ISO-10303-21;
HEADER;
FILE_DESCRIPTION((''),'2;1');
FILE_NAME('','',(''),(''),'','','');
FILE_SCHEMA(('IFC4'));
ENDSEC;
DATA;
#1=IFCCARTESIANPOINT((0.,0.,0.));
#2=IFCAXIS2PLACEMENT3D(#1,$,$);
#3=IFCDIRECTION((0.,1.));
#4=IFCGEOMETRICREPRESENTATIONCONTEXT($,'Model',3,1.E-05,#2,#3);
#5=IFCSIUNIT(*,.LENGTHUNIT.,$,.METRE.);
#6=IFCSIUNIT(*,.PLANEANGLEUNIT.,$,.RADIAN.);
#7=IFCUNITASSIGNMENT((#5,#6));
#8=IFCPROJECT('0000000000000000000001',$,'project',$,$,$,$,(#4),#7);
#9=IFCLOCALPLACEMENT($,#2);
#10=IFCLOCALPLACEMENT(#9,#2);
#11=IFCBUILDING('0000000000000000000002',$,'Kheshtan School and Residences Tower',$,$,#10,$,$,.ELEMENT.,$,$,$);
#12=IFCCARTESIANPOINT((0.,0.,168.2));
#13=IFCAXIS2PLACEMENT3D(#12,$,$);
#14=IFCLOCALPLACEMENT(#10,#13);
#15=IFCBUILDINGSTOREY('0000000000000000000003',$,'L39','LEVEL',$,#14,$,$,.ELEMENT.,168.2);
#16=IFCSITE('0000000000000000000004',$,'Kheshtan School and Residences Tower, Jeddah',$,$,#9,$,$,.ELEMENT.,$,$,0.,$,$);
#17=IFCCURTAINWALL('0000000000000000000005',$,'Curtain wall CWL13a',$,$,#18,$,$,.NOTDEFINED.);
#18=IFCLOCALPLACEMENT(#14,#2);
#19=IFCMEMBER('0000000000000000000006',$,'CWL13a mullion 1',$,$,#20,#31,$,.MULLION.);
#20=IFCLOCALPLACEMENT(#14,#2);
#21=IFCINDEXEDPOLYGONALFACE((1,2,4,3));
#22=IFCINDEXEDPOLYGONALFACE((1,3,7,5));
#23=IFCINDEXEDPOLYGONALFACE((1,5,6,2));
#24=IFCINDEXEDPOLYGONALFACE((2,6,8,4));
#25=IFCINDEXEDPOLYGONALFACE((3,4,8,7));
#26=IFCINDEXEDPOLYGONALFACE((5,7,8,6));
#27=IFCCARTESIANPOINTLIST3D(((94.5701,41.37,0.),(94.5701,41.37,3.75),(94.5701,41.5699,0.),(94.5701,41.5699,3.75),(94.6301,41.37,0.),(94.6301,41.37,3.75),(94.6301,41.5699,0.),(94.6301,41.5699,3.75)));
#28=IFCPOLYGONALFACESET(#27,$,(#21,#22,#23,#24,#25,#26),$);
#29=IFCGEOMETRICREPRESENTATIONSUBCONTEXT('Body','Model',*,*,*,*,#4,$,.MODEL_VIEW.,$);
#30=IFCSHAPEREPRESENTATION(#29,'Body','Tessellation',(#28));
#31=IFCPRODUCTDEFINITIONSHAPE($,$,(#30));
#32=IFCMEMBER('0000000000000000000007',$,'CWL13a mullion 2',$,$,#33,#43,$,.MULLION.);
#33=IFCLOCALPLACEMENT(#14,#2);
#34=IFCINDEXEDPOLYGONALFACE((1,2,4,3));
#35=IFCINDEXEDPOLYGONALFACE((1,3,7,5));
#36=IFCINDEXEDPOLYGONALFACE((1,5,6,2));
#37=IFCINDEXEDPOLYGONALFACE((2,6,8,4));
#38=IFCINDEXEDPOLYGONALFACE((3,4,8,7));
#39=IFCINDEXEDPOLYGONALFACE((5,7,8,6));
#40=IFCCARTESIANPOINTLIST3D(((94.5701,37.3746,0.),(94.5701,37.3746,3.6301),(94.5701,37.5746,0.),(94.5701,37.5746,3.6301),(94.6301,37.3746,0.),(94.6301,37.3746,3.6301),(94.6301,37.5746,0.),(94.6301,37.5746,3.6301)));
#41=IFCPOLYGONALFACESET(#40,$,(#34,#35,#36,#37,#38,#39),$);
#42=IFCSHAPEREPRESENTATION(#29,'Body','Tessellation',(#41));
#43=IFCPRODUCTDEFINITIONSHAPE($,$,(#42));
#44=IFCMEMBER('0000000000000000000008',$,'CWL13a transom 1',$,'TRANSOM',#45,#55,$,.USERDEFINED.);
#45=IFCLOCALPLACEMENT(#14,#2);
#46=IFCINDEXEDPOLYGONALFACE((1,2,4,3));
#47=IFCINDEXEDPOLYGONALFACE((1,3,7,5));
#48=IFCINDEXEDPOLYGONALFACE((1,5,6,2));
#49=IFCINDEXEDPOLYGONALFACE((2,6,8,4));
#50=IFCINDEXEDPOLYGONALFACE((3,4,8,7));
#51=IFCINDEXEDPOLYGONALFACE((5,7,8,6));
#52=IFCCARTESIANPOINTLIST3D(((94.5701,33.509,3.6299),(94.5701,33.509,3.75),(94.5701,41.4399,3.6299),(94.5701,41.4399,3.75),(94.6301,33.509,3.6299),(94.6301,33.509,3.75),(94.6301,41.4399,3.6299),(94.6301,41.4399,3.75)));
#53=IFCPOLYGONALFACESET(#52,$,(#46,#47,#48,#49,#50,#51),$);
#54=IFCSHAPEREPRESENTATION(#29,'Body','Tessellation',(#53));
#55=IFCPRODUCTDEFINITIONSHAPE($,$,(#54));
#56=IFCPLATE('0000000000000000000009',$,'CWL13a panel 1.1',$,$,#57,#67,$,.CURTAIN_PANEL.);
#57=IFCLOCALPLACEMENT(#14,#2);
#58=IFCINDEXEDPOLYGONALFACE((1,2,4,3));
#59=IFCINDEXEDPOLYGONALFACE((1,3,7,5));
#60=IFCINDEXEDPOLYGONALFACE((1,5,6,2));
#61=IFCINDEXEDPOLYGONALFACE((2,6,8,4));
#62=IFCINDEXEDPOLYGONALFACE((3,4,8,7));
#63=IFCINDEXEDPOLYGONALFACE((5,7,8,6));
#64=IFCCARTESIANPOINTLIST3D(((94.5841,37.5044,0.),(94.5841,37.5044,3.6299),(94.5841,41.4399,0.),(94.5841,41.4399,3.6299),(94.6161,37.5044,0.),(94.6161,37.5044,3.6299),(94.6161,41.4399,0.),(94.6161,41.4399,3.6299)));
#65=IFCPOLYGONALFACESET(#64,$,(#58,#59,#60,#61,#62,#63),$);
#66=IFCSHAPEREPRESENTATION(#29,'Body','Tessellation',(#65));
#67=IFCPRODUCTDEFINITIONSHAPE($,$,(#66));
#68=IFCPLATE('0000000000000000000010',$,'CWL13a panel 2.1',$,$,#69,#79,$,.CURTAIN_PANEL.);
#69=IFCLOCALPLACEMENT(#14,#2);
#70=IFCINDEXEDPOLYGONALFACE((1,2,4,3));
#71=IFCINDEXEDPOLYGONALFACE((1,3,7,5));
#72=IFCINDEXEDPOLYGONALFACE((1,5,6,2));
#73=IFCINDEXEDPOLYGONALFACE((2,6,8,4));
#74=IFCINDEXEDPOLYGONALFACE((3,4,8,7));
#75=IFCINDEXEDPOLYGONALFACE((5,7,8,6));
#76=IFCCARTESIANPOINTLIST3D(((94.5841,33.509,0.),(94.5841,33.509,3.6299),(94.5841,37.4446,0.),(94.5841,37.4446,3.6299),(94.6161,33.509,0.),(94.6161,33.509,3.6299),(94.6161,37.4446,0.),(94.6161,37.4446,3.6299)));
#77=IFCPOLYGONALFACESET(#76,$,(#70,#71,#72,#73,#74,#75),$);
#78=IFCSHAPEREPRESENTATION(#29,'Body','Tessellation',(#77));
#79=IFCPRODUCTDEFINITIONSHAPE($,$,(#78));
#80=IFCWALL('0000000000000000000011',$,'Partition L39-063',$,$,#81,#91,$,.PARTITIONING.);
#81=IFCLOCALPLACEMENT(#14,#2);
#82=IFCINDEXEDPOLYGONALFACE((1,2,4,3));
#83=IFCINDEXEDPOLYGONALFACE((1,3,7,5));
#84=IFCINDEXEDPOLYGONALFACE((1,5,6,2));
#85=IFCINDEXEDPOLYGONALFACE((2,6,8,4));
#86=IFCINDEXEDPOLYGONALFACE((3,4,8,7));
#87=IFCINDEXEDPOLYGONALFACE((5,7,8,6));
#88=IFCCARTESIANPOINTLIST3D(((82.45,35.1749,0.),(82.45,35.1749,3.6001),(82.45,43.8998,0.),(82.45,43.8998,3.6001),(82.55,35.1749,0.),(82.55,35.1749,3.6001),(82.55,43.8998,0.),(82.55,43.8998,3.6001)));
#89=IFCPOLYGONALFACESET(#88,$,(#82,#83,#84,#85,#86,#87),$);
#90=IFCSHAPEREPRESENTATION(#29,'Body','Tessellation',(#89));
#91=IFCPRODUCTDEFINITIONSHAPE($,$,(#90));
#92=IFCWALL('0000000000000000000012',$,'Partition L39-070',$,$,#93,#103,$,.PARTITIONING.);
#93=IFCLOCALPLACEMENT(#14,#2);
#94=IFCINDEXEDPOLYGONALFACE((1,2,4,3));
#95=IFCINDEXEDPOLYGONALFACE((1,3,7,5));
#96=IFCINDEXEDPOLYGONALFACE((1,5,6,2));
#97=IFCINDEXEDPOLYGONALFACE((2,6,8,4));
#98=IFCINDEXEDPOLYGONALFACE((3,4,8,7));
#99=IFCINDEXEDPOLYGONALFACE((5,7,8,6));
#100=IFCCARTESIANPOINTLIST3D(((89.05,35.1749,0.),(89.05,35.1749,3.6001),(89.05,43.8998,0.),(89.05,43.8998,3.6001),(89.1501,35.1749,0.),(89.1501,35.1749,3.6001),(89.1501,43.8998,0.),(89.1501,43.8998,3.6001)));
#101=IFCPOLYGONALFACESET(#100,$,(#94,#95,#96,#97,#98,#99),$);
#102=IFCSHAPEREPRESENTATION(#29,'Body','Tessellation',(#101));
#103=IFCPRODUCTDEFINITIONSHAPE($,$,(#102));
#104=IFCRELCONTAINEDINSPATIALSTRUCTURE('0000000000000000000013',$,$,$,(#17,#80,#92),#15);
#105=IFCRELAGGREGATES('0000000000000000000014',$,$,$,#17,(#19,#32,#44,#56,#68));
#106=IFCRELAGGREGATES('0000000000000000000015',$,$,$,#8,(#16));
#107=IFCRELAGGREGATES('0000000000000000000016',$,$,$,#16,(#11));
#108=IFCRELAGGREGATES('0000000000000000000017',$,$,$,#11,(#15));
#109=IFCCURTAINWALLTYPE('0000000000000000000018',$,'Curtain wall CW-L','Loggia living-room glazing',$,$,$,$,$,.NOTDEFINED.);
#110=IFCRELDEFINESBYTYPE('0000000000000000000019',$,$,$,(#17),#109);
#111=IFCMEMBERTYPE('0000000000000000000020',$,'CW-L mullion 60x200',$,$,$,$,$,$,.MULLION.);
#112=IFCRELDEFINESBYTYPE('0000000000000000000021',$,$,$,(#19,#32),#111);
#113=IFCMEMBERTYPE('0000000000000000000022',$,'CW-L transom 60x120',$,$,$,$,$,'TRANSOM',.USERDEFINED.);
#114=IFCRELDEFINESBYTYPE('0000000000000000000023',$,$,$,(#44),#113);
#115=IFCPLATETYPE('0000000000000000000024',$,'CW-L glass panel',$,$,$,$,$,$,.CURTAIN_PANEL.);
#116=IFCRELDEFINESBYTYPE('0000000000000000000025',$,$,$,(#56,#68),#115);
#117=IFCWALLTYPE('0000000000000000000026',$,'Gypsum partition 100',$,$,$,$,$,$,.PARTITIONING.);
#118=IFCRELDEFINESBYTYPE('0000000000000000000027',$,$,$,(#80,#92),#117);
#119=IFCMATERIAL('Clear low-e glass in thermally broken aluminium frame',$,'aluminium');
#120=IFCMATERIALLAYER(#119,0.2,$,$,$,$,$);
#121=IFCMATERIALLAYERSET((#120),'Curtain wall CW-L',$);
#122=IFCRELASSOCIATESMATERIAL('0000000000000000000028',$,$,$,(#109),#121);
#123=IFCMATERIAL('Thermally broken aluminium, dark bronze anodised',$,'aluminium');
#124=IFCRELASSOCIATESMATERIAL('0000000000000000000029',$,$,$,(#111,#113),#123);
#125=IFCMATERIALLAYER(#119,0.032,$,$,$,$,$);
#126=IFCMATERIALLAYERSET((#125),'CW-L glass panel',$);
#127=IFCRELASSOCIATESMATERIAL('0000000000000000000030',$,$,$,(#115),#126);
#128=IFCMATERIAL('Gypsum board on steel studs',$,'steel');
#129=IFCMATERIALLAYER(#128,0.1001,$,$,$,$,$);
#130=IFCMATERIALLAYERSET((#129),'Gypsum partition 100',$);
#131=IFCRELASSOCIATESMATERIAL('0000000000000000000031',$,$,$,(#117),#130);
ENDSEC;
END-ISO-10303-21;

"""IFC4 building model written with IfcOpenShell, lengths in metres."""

from ifc_helpers import new_model, si_unit, direction, frame, frame_2d, origin, origin_2d, place, context, subcontext, project, spatial, rectangle, extrude, material, layer, layer_set, material_profile, profile_set, type_object, element, aggregate, save


model = new_model("IFC4")

# Units and contexts
model_context = context("Model", 3, precision=1e-05, world=origin(), true_north=direction((0.0, 1.0)))
body_context = subcontext(model_context, "Body", "Model", "MODEL_VIEW")
ifc_project = project(units=[si_unit("LENGTHUNIT", "METRE"), si_unit("PLANEANGLEUNIT", "RADIAN")], contexts=[model_context])

# Site, building, storey
site_placement = place(None, origin())
site = spatial("IfcSite", under=ifc_project, at=site_placement, Name="Kheshtan School and Residences Tower, Jeddah", CompositionType="ELEMENT", RefElevation=0.0)
building_placement = place(site_placement, origin())
building = spatial("IfcBuilding", under=site, at=building_placement, Name="Kheshtan School and Residences Tower", CompositionType="ELEMENT")
storey_placement = place(building_placement, frame((0.0, 0.0, 168.2)))
storey = spatial("IfcBuildingStorey", under=building, at=storey_placement, Name="L39", Description="LEVEL", CompositionType="ELEMENT", Elevation=168.2)

# Curtain wall, members, plates
ifc_material_1 = material(Name="Clear low-e glass in thermally broken aluminium frame", Category="aluminium")
ifc_layer_1 = layer(ifc_material_1, 0.2)
ifc_layer_set_1 = layer_set([ifc_layer_1], Name="Curtain wall CW-L")
curtain_wall_type = type_object("IfcCurtainWallType", Name="Curtain wall CW-L", Description="Loggia living-room glazing", PredefinedType="NOTDEFINED", material=ifc_layer_set_1)
curtain_wall_placement = place(storey_placement, origin())
curtain_wall = element("IfcCurtainWall", 1, at=curtain_wall_placement, inside=storey, type_object=curtain_wall_type, Name="Curtain wall CWL13a", PredefinedType="NOTDEFINED")
ifc_material_2 = material(Name="Thermally broken aluminium, dark bronze anodised", Category="aluminium")
ifc_material_profile_1 = material_profile(ifc_material_2, rectangle(XDim=0.0601, YDim=0.2, at=origin_2d()), Name="CW-L mullion 60x200")
ifc_profile_set_1 = profile_set([ifc_material_profile_1], Name="Thermally broken aluminium, dark bronze anodised")
member_type_1 = type_object("IfcMemberType", Name="CW-L mullion 60x200", PredefinedType="MULLION", material=ifc_profile_set_1)
member_1_placement = place(storey_placement, frame((94.6001, 41.47, 0.0), z_axis=(0.0, 0.0, 1.0), x_axis=(1.0, 0.0, 0.0)))
member_1 = element("IfcMember", 2, at=member_1_placement, type_object=member_type_1, Name="CWL13a mullion 1", PredefinedType="MULLION", context=body_context, shape_type="SweptSolid", body=[
    extrude(rectangle(XDim=0.0601, YDim=0.2, at=origin_2d()), origin(), (0.0, 0.0, 1.0), 3.75),
])
member_2_placement = place(storey_placement, frame((94.6001, 37.4746, 0.0), z_axis=(0.0, 0.0, 1.0), x_axis=(1.0, 0.0, 0.0)))
member_2 = element("IfcMember", 3, at=member_2_placement, type_object=member_type_1, Name="CWL13a mullion 2", PredefinedType="MULLION", context=body_context, shape_type="SweptSolid", body=[
    extrude(rectangle(XDim=0.0601, YDim=0.2, at=origin_2d()), origin(), (0.0, 0.0, 1.0), 3.6301),
])
ifc_material_profile_2 = material_profile(ifc_material_2, rectangle(XDim=0.0601, YDim=0.1201, at=origin_2d()), Name="CW-L transom 60x120")
ifc_profile_set_2 = profile_set([ifc_material_profile_2], Name="Thermally broken aluminium, dark bronze anodised")
member_type_2 = type_object("IfcMemberType", Name="CW-L transom 60x120", ElementType="TRANSOM", PredefinedType="USERDEFINED", material=ifc_profile_set_2)
member_3_placement = place(storey_placement, frame((94.6001, 41.4399, 3.6899), z_axis=(0.0, -1.0, 0.0), x_axis=(1.0, 0.0, 0.0)))
member_3 = element("IfcMember", 4, at=member_3_placement, type_object=member_type_2, Name="CWL13a transom 1", ObjectType="TRANSOM", PredefinedType="USERDEFINED", context=body_context, shape_type="SweptSolid", body=[
    extrude(rectangle(XDim=0.0601, YDim=0.1201, at=origin_2d()), origin(), (0.0, 0.0, 1.0), 7.9309),
])
ifc_layer_2 = layer(ifc_material_1, 0.032)
ifc_layer_set_2 = layer_set([ifc_layer_2], Name="CW-L glass panel")
plate_type = type_object("IfcPlateType", Name="CW-L glass panel", PredefinedType="CURTAIN_PANEL", material=ifc_layer_set_2)
plate_1_placement = place(storey_placement, frame((94.6001, 39.4722, 0.0), z_axis=(0.0, 0.0, 1.0), x_axis=(0.0, -1.0, 0.0)))
plate_1 = element("IfcPlate", 5, at=plate_1_placement, type_object=plate_type, Name="CWL13a panel 1.1", PredefinedType="CURTAIN_PANEL", context=body_context, shape_type="SweptSolid", body=[
    extrude(rectangle(XDim=3.9355, YDim=0.032, at=origin_2d()), origin(), (0.0, 0.0, 1.0), 3.6299),
])
plate_2_placement = place(storey_placement, frame((94.6001, 35.4768, 0.0), z_axis=(0.0, 0.0, 1.0), x_axis=(0.0, -1.0, 0.0)))
plate_2 = element("IfcPlate", 6, at=plate_2_placement, type_object=plate_type, Name="CWL13a panel 2.1", PredefinedType="CURTAIN_PANEL", context=body_context, shape_type="SweptSolid", body=[
    extrude(rectangle(XDim=3.9355, YDim=0.032, at=origin_2d()), origin(), (0.0, 0.0, 1.0), 3.6299),
])
aggregate(curtain_wall, [member_1, member_2, member_3, plate_1, plate_2])

# Walls
ifc_material_3 = material(Name="Gypsum board on steel studs", Category="steel")
ifc_layer_3 = layer(ifc_material_3, 0.1001)
ifc_layer_set_3 = layer_set([ifc_layer_3], Name="Gypsum partition 100")
wall_type_1 = type_object("IfcWallType", Name="Gypsum partition 100", PredefinedType="PARTITIONING", material=ifc_layer_set_3)
for number, where, z_axis, x_axis, name in (
    (7, (82.5, 35.175, 0.0), (0.0, 0.0, 1.0), (0.0, 1.0, 0.0), "Partition L39-063"),
    (8, (89.1001, 35.175, 0.0), (0.0, 0.0, 1.0), (0.0, 1.0, 0.0), "Partition L39-070"),
):
    element("IfcWall", number, at=place(storey_placement, frame(where, z_axis=z_axis, x_axis=x_axis)), inside=storey, type_object=wall_type_1, Name=name, PredefinedType="PARTITIONING", context=body_context, shape_type="SweptSolid", body=[
        extrude(rectangle(XDim=8.7249, YDim=0.1001, at=frame_2d((4.3623, 0.0))), origin(), (0.0, 0.0, 1.0), 3.6001),
    ])

save(model, "model.ifc")
